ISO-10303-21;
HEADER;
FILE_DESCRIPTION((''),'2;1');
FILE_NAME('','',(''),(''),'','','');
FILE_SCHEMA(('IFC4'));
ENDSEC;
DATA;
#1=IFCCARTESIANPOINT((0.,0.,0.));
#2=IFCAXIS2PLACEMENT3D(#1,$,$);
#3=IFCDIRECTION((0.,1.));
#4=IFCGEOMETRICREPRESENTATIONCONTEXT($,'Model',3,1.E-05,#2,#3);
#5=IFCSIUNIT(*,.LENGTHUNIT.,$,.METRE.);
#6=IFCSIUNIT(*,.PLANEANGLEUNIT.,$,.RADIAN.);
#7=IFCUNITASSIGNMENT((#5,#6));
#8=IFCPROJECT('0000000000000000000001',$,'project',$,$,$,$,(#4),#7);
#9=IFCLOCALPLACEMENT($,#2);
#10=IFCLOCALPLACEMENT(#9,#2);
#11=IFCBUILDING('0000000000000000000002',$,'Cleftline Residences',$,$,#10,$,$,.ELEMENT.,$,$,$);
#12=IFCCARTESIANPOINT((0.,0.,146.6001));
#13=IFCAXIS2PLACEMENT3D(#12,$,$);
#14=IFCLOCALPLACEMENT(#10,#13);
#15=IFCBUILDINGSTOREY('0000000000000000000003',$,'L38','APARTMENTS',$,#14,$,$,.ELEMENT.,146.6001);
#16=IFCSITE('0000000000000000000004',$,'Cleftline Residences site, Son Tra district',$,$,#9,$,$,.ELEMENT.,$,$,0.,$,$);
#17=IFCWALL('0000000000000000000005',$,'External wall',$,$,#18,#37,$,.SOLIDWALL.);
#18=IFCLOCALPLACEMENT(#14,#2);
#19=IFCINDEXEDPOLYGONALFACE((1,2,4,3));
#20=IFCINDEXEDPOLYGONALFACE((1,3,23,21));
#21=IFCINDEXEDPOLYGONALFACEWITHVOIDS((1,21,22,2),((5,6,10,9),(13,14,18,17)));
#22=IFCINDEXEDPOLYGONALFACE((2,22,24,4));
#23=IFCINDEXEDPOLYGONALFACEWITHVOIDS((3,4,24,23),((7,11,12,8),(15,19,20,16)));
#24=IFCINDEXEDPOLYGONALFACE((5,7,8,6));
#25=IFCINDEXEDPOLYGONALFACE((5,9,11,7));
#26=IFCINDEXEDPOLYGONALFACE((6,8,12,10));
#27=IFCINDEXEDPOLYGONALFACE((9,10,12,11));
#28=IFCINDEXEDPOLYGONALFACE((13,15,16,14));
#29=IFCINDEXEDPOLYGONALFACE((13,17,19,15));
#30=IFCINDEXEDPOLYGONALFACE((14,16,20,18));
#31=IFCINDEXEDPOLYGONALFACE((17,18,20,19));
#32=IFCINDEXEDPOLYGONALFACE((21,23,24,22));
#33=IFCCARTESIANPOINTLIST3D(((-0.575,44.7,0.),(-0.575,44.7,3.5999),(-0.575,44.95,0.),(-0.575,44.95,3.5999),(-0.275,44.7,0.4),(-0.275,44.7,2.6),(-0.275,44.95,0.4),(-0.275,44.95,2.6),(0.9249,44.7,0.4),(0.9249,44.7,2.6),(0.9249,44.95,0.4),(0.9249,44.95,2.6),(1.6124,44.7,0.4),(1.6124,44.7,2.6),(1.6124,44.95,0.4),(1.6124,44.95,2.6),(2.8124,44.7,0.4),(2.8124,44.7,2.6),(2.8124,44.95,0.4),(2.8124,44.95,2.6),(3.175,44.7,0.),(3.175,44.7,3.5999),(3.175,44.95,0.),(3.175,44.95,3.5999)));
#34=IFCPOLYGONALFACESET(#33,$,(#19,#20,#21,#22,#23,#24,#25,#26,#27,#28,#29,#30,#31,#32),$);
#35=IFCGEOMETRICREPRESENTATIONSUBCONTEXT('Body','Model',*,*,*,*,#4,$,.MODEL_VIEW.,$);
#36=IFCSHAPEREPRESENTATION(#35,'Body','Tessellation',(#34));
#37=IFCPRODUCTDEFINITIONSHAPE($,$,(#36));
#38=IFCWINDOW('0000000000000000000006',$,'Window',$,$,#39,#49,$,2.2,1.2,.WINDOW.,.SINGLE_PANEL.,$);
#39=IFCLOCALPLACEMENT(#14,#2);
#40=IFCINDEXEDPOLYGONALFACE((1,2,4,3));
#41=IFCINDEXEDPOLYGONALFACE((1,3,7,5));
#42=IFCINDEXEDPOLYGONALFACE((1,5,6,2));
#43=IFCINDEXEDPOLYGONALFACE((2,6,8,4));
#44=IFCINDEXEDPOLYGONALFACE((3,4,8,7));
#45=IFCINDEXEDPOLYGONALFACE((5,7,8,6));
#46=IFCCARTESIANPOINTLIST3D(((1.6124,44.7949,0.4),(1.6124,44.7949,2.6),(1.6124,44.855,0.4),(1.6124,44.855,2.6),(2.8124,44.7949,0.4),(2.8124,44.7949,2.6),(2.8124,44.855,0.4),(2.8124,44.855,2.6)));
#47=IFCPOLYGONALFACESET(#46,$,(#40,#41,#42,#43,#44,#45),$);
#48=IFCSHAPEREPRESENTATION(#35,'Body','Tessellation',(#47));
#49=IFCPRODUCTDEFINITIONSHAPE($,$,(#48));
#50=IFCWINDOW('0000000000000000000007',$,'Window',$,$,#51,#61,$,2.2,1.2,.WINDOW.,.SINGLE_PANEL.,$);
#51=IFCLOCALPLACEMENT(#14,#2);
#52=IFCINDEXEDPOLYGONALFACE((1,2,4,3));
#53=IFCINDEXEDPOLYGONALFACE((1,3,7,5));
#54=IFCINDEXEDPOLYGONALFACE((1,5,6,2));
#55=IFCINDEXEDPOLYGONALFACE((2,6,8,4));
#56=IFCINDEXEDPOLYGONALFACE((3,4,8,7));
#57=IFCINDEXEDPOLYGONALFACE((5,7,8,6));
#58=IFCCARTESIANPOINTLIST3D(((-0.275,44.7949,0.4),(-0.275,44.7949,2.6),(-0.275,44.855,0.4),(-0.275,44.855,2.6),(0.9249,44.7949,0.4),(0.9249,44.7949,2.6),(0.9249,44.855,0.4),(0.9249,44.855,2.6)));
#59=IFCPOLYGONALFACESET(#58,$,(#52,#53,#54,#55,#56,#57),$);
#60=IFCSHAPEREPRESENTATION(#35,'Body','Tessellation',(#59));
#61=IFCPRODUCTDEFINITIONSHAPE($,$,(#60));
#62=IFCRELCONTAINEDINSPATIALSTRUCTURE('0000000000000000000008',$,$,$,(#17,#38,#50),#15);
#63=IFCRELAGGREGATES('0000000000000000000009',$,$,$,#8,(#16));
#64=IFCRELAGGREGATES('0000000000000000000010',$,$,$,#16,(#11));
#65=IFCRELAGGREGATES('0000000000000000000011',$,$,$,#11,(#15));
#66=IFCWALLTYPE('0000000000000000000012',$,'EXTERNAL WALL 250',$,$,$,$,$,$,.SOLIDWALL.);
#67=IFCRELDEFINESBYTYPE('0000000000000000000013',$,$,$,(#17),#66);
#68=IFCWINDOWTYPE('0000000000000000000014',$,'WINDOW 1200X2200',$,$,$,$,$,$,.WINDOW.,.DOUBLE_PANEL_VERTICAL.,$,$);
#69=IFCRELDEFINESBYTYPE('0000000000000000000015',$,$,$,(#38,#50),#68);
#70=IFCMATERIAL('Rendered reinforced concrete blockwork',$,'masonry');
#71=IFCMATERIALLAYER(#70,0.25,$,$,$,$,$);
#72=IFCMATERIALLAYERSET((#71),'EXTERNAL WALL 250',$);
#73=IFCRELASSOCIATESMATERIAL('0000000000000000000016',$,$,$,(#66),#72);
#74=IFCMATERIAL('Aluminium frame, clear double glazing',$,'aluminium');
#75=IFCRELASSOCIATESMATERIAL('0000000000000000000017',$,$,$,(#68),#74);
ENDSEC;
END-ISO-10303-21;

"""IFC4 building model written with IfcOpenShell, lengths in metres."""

from ifc_helpers import new_model, si_unit, direction, frame, frame_2d, origin, place, context, subcontext, project, spatial, rectangle, extrude, material, layer, layer_set, type_object, element, fill, save


model = new_model("IFC4")

# Units and contexts
model_context = context("Model", 3, precision=1e-05, world=origin(), true_north=direction((0.0, 1.0)))
body_context = subcontext(model_context, "Body", "Model", "MODEL_VIEW")
ifc_project = project(units=[si_unit("LENGTHUNIT", "METRE"), si_unit("PLANEANGLEUNIT", "RADIAN")], contexts=[model_context])

# Site, building, storey
site_placement = place(None, origin())
site = spatial("IfcSite", under=ifc_project, at=site_placement, Name="Cleftline Residences site, Son Tra district", CompositionType="ELEMENT", RefElevation=0.0)
building_placement = place(site_placement, origin())
building = spatial("IfcBuilding", under=site, at=building_placement, Name="Cleftline Residences", CompositionType="ELEMENT")
storey_placement = place(building_placement, frame((0.0, 0.0, 146.6001)))
storey = spatial("IfcBuildingStorey", under=building, at=storey_placement, Name="L38", Description="APARTMENTS", CompositionType="ELEMENT", Elevation=146.6001)

# Shared definitions
ifc_material_1 = material(Name="Rendered reinforced concrete blockwork", Category="masonry")
ifc_layer_1 = layer(ifc_material_1, 0.25)
ifc_layer_set_1 = layer_set([ifc_layer_1], Name="EXTERNAL WALL 250")
wall_type = type_object("IfcWallType", Name="EXTERNAL WALL 250", PredefinedType="SOLIDWALL", material=ifc_layer_set_1)

# Wall, openings, windows
wall_1_placement = place(storey_placement, frame((3.175, 44.825, 0.0), z_axis=(0.0, 0.0, 1.0), x_axis=(-1.0, 0.0, 0.0)))
wall_1 = element("IfcWall", 1, at=wall_1_placement, inside=storey, type_object=wall_type, Name="External wall", PredefinedType="SOLIDWALL", context=body_context, shape_type="SweptSolid", body=[
    extrude(rectangle(XDim=3.75, YDim=0.25, at=frame_2d((1.875, 0.0))), origin(), (0.0, 0.0, 1.0), 3.5999),
])
opening_1_placement = place(wall_1_placement, frame((0.3625, 0.0, 0.3999)))
opening_1 = element("IfcOpeningElement", 2, at=opening_1_placement, cuts=wall_1, PredefinedType="OPENING", context=body_context, shape_type="SweptSolid", body=[
    extrude(rectangle(XDim=1.2, YDim=2.2, at=frame_2d((0.6001, 1.1001))), frame((0.0, 0.135, 0.0), z_axis=(0.0, -1.0, 0.0), x_axis=(1.0, 0.0, 0.0)), (0.0, 0.0, 1.0), 0.27),
])
opening_2_placement = place(wall_1_placement, frame((2.25, 0.0, 0.3999)))
opening_2 = element("IfcOpeningElement", 3, at=opening_2_placement, cuts=wall_1, PredefinedType="OPENING", context=body_context, shape_type="SweptSolid", body=[
    extrude(rectangle(XDim=1.2, YDim=2.2, at=frame_2d((0.6001, 1.1001))), frame((0.0, 0.135, 0.0), z_axis=(0.0, -1.0, 0.0), x_axis=(1.0, 0.0, 0.0)), (0.0, 0.0, 1.0), 0.27),
])
ifc_material_2 = material(Name="Aluminium frame, clear double glazing", Category="aluminium")
window_type_1 = type_object("IfcWindowType", Name="WINDOW 1200X2200", PartitioningType="DOUBLE_PANEL_VERTICAL", PredefinedType="WINDOW", material=ifc_material_2)
window_1_placement = place(opening_1_placement, origin())
window_1 = element("IfcWindow", 4, at=window_1_placement, inside=storey, type_object=window_type_1, Name="Window", OverallHeight=2.2, OverallWidth=1.2, PartitioningType="SINGLE_PANEL", PredefinedType="WINDOW", context=body_context, shape_type="SweptSolid", body=[
    extrude(rectangle(XDim=1.2, YDim=2.2, at=frame_2d((0.6001, 1.1001))), frame((0.0, 0.03, 0.0), z_axis=(0.0, -1.0, 0.0), x_axis=(1.0, 0.0, 0.0)), (0.0, 0.0, 1.0), 0.0601),
])
fill(opening_1, window_1)
window_2_placement = place(opening_2_placement, origin())
window_2 = element("IfcWindow", 5, at=window_2_placement, inside=storey, type_object=window_type_1, Name="Window", OverallHeight=2.2, OverallWidth=1.2, PartitioningType="SINGLE_PANEL", PredefinedType="WINDOW", context=body_context, shape_type="SweptSolid", body=[
    extrude(rectangle(XDim=1.2, YDim=2.2, at=frame_2d((0.6001, 1.1001))), frame((0.0, 0.03, 0.0), z_axis=(0.0, -1.0, 0.0), x_axis=(1.0, 0.0, 0.0)), (0.0, 0.0, 1.0), 0.0601),
])
fill(opening_2, window_2)

save(model, "model.ifc")
